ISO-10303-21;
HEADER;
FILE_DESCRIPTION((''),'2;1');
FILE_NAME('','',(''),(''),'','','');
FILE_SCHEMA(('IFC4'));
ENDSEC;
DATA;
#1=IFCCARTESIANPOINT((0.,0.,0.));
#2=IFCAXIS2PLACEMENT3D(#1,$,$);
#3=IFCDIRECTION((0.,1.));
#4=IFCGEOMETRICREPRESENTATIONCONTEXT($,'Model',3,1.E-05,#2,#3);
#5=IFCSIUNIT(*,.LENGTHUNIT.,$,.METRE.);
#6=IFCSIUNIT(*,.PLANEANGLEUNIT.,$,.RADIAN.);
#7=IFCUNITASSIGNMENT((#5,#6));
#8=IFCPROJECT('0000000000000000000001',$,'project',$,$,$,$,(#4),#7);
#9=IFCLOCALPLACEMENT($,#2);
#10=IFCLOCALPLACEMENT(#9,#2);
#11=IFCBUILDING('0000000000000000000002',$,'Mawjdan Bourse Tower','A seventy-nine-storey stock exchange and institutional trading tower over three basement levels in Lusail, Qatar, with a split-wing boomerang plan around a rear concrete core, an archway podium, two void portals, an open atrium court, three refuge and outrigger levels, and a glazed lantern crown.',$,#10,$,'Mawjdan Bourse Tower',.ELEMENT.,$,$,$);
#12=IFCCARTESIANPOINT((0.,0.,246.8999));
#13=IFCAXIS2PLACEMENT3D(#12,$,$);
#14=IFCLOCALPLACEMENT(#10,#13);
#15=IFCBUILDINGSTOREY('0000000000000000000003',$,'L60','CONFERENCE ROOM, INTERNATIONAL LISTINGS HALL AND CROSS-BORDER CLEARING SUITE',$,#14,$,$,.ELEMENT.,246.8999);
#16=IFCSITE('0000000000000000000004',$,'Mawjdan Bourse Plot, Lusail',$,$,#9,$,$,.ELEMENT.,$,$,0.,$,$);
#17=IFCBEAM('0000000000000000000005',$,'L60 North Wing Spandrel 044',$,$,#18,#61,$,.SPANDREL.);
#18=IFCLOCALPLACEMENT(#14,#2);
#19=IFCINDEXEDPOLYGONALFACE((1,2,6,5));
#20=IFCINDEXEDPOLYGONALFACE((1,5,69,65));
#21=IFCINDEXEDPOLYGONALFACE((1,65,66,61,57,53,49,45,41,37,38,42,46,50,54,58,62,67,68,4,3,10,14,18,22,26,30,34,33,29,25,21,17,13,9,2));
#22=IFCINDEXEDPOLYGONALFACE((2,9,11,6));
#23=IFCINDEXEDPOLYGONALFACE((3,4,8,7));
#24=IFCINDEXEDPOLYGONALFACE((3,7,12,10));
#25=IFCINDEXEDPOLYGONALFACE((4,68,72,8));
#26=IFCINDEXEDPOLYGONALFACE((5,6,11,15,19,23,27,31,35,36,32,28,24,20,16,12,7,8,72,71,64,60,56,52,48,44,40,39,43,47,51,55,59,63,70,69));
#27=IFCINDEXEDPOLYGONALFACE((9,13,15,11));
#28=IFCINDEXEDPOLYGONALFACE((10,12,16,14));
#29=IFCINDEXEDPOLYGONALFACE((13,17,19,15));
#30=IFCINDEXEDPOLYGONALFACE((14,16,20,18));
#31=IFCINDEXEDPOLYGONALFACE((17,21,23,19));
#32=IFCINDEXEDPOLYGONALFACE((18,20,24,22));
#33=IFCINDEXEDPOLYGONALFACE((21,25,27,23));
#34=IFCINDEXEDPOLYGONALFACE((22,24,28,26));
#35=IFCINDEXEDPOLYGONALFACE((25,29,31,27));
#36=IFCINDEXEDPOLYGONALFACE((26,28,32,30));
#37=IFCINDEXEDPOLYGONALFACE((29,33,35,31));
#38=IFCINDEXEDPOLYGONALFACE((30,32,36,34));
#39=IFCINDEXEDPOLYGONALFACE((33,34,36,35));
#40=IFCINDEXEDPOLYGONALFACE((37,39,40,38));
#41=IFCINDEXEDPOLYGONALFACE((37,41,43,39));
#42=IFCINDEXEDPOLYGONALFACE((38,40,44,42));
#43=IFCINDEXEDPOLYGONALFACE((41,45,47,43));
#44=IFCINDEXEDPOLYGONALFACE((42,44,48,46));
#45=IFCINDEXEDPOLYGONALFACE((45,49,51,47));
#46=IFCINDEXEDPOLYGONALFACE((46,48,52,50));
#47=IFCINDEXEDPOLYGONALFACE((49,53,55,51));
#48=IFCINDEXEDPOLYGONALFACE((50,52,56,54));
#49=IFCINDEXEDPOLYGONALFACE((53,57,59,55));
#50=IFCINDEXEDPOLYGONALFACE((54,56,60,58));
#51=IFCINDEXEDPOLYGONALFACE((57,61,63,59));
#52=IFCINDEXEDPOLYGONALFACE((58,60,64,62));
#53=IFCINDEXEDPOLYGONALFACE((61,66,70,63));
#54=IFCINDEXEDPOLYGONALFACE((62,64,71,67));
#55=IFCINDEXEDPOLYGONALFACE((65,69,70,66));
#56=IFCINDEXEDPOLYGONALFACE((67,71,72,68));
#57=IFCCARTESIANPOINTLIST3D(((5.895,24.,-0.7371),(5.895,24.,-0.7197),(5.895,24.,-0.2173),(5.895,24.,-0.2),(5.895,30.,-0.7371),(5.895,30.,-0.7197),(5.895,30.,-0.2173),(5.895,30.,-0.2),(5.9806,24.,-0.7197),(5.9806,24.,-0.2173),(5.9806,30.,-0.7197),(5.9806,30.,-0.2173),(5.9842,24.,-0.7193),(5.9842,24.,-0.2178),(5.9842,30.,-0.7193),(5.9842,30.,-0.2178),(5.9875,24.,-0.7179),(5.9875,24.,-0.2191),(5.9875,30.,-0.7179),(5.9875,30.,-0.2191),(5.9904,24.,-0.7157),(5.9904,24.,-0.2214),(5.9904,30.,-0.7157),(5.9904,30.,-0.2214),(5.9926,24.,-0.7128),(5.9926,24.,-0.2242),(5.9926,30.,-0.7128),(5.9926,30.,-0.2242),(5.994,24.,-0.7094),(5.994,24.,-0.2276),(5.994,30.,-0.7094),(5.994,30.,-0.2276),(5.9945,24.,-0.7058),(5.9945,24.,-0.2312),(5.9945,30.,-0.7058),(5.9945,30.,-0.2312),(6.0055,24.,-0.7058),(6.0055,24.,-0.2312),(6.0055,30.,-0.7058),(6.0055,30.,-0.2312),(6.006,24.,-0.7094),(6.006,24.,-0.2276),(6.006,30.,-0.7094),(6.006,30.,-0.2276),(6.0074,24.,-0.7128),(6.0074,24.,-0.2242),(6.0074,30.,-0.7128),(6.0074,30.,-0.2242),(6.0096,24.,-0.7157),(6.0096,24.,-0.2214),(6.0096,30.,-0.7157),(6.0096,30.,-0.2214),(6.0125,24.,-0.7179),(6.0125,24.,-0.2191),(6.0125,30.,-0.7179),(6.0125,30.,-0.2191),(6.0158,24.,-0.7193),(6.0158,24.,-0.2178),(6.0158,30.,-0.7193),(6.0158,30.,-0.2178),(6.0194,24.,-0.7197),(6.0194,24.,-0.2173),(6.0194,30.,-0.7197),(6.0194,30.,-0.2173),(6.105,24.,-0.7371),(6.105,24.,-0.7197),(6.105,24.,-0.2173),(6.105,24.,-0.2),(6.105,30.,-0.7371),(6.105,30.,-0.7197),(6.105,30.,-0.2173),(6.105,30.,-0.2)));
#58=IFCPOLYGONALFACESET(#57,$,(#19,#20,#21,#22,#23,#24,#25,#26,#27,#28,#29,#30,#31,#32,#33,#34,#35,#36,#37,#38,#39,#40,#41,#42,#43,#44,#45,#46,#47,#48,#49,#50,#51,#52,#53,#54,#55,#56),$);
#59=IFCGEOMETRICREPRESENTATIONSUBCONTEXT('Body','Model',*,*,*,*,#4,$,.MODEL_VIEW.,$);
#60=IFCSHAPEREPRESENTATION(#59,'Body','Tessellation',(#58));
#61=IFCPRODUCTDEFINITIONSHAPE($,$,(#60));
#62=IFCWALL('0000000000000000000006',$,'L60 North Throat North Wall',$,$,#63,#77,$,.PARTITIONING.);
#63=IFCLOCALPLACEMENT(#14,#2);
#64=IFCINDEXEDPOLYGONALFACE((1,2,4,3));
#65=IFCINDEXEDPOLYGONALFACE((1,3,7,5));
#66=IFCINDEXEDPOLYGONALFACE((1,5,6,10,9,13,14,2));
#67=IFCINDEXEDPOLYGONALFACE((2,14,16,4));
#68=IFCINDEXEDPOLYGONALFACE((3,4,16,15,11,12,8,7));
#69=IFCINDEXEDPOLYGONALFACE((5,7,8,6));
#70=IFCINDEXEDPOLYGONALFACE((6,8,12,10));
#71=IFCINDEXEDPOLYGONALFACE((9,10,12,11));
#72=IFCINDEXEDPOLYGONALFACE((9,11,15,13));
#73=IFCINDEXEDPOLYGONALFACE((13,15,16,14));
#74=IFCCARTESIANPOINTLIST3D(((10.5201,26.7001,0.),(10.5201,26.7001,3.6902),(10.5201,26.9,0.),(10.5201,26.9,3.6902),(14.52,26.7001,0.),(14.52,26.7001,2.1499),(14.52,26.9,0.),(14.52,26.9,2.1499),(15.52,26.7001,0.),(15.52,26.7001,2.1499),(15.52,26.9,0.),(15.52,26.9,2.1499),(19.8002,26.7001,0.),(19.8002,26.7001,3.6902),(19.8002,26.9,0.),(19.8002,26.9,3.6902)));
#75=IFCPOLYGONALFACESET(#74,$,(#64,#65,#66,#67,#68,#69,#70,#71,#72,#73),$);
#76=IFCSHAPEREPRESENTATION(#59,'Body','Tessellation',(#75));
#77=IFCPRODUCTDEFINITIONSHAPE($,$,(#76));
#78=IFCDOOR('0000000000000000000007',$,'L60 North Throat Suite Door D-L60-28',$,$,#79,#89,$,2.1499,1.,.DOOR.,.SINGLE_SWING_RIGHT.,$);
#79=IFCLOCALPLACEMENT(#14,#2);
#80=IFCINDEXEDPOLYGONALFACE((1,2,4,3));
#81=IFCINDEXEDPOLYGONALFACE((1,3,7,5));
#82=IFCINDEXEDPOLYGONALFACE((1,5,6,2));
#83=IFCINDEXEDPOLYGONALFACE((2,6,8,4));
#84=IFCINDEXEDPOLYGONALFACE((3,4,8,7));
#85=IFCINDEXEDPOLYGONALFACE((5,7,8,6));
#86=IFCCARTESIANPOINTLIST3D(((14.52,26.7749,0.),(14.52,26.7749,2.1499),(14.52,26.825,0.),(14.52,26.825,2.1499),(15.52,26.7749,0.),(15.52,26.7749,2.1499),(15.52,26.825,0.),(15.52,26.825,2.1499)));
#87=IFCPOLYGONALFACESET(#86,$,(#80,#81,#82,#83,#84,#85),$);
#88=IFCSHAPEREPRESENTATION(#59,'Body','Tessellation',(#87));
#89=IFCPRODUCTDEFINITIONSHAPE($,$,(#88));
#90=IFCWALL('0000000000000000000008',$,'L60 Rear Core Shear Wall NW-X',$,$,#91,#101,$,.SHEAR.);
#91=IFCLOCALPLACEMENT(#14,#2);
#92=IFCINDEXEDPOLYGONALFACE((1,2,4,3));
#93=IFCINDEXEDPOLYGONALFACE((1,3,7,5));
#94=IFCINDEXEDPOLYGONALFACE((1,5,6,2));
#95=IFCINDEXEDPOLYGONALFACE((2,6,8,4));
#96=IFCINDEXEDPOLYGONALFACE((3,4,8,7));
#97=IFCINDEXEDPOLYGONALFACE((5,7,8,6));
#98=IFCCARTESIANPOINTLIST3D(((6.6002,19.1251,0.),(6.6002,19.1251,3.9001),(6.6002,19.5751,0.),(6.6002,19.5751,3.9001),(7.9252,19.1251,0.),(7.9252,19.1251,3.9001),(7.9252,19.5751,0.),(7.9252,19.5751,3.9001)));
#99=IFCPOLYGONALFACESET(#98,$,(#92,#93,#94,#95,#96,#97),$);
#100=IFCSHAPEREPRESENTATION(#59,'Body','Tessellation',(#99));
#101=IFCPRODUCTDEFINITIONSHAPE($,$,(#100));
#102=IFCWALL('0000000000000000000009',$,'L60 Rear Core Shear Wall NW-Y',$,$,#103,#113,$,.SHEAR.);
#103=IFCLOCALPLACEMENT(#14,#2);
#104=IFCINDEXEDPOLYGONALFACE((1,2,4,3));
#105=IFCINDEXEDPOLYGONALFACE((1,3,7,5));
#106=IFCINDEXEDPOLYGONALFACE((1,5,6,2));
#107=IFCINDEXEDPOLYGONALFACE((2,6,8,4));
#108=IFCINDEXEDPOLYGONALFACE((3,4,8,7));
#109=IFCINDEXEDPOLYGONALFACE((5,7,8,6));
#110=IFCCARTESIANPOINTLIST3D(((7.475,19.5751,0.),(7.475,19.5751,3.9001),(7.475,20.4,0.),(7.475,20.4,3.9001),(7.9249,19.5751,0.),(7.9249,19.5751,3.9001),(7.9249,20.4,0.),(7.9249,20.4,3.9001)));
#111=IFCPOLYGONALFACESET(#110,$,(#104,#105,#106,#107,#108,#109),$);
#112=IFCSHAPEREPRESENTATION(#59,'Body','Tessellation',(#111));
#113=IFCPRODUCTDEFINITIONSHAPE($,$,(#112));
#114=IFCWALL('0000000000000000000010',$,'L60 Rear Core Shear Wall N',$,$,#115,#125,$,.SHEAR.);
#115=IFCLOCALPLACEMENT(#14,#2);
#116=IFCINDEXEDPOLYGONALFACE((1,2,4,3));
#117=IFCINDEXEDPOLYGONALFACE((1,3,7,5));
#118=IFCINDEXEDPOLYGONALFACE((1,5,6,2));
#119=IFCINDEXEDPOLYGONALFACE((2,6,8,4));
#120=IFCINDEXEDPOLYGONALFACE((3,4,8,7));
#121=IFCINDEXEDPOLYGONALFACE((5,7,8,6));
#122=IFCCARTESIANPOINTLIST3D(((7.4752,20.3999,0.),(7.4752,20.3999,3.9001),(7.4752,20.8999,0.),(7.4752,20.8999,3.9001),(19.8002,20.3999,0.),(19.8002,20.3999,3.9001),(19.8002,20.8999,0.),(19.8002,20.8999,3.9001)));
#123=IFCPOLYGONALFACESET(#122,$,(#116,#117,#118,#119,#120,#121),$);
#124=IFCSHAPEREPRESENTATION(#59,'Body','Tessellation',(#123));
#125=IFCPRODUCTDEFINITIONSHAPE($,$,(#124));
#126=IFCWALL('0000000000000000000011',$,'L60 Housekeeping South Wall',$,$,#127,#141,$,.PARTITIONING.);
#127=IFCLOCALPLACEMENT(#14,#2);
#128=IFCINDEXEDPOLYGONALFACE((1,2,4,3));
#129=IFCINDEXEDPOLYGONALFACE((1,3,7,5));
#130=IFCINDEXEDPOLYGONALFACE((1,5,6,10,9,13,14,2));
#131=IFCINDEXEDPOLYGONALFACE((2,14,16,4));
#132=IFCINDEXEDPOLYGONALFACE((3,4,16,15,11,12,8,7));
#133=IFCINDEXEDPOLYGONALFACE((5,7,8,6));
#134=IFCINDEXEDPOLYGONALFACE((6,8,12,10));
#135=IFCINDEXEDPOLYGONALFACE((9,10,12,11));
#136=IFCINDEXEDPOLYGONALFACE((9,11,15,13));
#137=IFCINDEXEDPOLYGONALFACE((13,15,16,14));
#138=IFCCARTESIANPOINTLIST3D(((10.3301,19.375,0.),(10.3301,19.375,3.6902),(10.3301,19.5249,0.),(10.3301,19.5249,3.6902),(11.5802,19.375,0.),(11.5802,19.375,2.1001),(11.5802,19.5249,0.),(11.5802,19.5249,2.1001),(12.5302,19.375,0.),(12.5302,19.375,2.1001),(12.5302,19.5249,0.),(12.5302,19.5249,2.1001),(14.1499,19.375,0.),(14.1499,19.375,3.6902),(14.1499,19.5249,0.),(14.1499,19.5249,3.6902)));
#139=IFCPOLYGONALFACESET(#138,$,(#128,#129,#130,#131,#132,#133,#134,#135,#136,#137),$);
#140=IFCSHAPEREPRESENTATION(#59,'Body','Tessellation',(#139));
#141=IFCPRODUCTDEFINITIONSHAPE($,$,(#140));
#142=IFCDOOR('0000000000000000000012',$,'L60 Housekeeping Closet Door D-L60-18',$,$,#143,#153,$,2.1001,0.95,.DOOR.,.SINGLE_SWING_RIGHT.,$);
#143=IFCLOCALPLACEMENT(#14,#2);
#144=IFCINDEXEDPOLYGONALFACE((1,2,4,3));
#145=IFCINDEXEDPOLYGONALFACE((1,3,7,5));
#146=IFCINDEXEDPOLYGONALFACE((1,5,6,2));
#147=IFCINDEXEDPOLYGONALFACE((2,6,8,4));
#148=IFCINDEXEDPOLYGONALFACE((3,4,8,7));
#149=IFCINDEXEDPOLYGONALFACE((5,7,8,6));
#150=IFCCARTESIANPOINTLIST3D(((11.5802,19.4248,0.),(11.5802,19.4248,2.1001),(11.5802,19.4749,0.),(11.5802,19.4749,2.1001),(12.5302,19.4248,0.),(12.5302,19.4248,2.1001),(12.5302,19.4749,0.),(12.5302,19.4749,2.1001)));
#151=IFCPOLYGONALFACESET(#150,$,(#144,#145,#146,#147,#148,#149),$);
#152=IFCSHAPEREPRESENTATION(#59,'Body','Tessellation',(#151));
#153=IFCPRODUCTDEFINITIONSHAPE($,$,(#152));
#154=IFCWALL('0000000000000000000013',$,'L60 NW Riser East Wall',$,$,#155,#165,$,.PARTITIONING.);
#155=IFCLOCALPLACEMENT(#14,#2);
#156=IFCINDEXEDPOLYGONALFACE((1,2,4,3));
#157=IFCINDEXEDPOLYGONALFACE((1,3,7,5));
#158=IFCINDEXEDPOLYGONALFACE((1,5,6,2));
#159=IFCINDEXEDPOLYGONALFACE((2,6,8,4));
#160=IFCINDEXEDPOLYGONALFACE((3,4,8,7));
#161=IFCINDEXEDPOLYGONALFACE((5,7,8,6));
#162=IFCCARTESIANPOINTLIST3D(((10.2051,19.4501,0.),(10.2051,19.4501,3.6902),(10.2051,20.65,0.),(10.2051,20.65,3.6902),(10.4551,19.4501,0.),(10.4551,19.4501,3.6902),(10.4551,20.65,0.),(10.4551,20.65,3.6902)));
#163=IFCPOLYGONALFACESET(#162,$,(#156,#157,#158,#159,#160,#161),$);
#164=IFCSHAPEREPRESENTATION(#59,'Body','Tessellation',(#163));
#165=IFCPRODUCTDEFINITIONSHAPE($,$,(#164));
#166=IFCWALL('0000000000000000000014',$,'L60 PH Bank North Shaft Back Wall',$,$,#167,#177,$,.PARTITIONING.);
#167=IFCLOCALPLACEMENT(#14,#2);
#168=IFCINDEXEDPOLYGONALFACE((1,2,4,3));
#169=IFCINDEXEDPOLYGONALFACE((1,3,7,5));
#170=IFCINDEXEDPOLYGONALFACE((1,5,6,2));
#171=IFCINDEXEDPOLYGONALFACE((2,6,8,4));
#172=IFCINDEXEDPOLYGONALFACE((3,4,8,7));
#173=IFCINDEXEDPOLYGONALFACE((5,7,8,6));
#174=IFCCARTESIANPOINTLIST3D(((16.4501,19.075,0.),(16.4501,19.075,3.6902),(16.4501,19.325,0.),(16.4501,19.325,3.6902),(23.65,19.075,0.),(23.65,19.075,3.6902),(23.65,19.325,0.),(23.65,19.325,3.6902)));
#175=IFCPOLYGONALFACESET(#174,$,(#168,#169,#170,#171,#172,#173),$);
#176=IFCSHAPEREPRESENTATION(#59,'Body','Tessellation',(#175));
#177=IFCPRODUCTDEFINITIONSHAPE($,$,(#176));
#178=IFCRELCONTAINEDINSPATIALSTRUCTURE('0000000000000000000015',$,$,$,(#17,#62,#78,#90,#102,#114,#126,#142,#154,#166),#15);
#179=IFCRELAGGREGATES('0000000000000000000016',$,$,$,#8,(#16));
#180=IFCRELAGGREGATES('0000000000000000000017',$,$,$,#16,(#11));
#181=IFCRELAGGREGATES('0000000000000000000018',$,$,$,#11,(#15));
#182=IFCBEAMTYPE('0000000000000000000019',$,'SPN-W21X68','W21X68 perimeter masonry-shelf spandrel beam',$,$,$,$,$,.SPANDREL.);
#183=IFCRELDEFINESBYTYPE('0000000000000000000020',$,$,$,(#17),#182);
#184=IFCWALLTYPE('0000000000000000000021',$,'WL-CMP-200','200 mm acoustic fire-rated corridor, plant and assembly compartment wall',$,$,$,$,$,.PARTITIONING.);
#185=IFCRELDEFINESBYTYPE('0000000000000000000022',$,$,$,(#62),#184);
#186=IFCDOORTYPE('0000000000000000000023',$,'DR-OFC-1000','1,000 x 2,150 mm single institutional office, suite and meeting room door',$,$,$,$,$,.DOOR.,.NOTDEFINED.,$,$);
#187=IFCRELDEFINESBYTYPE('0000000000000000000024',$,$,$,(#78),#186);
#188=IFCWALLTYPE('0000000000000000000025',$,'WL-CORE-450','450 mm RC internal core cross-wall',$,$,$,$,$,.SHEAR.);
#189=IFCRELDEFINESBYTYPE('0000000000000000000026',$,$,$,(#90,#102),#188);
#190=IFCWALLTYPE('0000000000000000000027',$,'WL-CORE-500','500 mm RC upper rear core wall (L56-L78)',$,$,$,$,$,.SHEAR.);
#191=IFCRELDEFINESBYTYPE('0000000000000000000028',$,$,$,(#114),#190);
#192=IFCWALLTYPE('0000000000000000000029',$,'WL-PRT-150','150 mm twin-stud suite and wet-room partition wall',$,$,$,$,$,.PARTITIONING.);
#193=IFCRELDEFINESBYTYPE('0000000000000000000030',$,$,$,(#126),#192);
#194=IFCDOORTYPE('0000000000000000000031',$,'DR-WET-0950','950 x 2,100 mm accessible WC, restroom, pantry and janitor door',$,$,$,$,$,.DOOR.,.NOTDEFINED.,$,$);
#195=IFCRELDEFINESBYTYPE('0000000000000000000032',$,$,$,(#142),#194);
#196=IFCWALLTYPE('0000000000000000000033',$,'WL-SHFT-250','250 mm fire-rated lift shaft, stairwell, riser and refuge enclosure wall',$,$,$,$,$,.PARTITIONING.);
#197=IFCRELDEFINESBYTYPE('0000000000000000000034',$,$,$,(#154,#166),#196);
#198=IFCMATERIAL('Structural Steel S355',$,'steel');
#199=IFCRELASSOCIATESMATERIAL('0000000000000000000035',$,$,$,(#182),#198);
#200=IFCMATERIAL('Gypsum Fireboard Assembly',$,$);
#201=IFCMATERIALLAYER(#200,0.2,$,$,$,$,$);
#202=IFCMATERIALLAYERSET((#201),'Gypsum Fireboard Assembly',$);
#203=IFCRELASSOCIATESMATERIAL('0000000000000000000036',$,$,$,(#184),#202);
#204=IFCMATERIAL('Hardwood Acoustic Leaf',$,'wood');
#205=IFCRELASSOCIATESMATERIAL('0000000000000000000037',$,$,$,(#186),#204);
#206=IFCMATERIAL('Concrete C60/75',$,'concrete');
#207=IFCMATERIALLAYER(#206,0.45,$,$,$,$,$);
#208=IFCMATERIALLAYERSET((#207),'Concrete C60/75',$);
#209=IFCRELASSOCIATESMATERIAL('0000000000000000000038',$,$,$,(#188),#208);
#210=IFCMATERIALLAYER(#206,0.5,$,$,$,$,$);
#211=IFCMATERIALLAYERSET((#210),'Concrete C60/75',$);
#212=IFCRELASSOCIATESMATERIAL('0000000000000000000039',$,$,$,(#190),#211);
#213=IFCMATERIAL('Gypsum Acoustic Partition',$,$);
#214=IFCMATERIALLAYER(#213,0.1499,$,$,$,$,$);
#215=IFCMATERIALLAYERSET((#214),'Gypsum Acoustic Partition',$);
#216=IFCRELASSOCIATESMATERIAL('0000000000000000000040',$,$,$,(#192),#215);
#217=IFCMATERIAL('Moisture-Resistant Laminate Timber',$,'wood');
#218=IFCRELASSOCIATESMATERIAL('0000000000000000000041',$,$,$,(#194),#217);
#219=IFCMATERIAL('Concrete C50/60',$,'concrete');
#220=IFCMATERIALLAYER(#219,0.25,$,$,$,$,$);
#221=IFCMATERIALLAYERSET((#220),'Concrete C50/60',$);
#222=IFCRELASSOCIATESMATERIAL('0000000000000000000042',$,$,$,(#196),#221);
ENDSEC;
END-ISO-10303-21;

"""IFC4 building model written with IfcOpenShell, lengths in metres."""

from ifc_helpers import new_model, si_unit, direction, frame, frame_2d, origin, origin_2d, place, context, subcontext, project, spatial, rectangle, i_section, extrude, material, layer, layer_set, material_profile, profile_set, type_object, element, fill, save


model = new_model("IFC4")

# Units and contexts
model_context = context("Model", 3, precision=1e-05, world=origin(), true_north=direction((0.0, 1.0)))
body_context = subcontext(model_context, "Body", "Model", "MODEL_VIEW")
ifc_project = project(units=[si_unit("LENGTHUNIT", "METRE"), si_unit("PLANEANGLEUNIT", "RADIAN")], contexts=[model_context])

# Site, building, storey
site_placement = place(None, origin())
site = spatial("IfcSite", under=ifc_project, at=site_placement, Name="Mawjdan Bourse Plot, Lusail", CompositionType="ELEMENT", RefElevation=0.0)
building_placement = place(site_placement, origin())
building = spatial("IfcBuilding", under=site, at=building_placement, Name="Mawjdan Bourse Tower", Description="A seventy-nine-storey stock exchange and institutional trading tower over three basement levels in Lusail, Qatar, with a split-wing boomerang plan around a rear concrete core, an archway podium, two void portals, an open atrium court, three refuge and outrigger levels, and a glazed lantern crown.", LongName="Mawjdan Bourse Tower", CompositionType="ELEMENT")
storey_placement = place(building_placement, frame((0.0, 0.0, 246.8999)))
storey = spatial("IfcBuildingStorey", under=building, at=storey_placement, Name="L60", Description="CONFERENCE ROOM, INTERNATIONAL LISTINGS HALL AND CROSS-BORDER CLEARING SUITE", CompositionType="ELEMENT", Elevation=246.8999)

# Shared definitions
ifc_material_1 = material(Name="Concrete C60/75", Category="concrete")

# Beam
ifc_material_2 = material(Name="Structural Steel S355", Category="steel")
ifc_material_profile_1 = material_profile(ifc_material_2, i_section(OverallWidth=0.21, OverallDepth=0.5371, WebThickness=0.011, FlangeThickness=0.0173, FilletRadius=0.0139, at=origin_2d()), Name="W21X68")
ifc_profile_set_1 = profile_set([ifc_material_profile_1], Name="Structural Steel S355")
beam_type_1 = type_object("IfcBeamType", Name="SPN-W21X68", Description="W21X68 perimeter masonry-shelf spandrel beam", PredefinedType="SPANDREL", material=ifc_profile_set_1)
beam_1_placement = place(storey_placement, frame((6.0, 24.0, -0.4685), z_axis=(0.0, 1.0, 0.0), x_axis=(-1.0, 0.0, 0.0)))
element("IfcBeam", 1, at=beam_1_placement, inside=storey, type_object=beam_type_1, Name="L60 North Wing Spandrel 044", PredefinedType="SPANDREL", context=body_context, shape_type="SweptSolid", body=[
    extrude(i_section(OverallWidth=0.21, OverallDepth=0.5371, WebThickness=0.011, FlangeThickness=0.0173, FilletRadius=0.0139, at=origin_2d()), origin(), (0.0, 0.0, 1.0), 6.0),
])

# Wall, opening, door
ifc_material_3 = material(Name="Gypsum Fireboard Assembly")
ifc_layer_1 = layer(ifc_material_3, 0.2)
ifc_layer_set_1 = layer_set([ifc_layer_1], Name="Gypsum Fireboard Assembly")
wall_type_1 = type_object("IfcWallType", Name="WL-CMP-200", Description="200 mm acoustic fire-rated corridor, plant and assembly compartment wall", PredefinedType="PARTITIONING", material=ifc_layer_set_1)
wall_1_placement = place(storey_placement, frame((10.52, 26.8, 0.0), z_axis=(0.0, 0.0, 1.0), x_axis=(1.0, 0.0, 0.0)))
wall_1 = element("IfcWall", 2, at=wall_1_placement, inside=storey, type_object=wall_type_1, Name="L60 North Throat North Wall", PredefinedType="PARTITIONING", context=body_context, shape_type="SweptSolid", body=[
    extrude(rectangle(XDim=9.28, YDim=0.2, at=frame_2d((4.6401, 0.0))), origin(), (0.0, 0.0, 1.0), 3.6902),
])
opening_1_placement = place(wall_1_placement, frame((4.0, 0.0, 0.0)))
opening_1 = element("IfcOpeningElement", 3, at=opening_1_placement, cuts=wall_1, PredefinedType="OPENING", context=body_context, shape_type="SweptSolid", body=[
    extrude(rectangle(XDim=1.0, YDim=2.1499, at=frame_2d((0.5, 1.075))), frame((0.0, 0.1099, 0.0), z_axis=(0.0, -1.0, 0.0), x_axis=(1.0, 0.0, 0.0)), (0.0, 0.0, 1.0), 0.22),
])
ifc_material_4 = material(Name="Hardwood Acoustic Leaf", Category="wood")
door_type_1 = type_object("IfcDoorType", Name="DR-OFC-1000", Description="1,000 x 2,150 mm single institutional office, suite and meeting room door", OperationType="NOTDEFINED", PredefinedType="DOOR", material=ifc_material_4)
door_1_placement = place(opening_1_placement, origin())
door_1 = element("IfcDoor", 4, at=door_1_placement, inside=storey, type_object=door_type_1, Name="L60 North Throat Suite Door D-L60-28", OperationType="SINGLE_SWING_RIGHT", OverallHeight=2.1499, OverallWidth=1.0, PredefinedType="DOOR", context=body_context, shape_type="SweptSolid", body=[
    extrude(rectangle(XDim=1.0, YDim=2.1499, at=frame_2d((0.5, 1.075))), frame((0.0, 0.0249, 0.0), z_axis=(0.0, -1.0, 0.0), x_axis=(1.0, 0.0, 0.0)), (0.0, 0.0, 1.0), 0.05),
])
fill(opening_1, door_1)

# Walls
ifc_layer_2 = layer(ifc_material_1, 0.45)
ifc_layer_set_2 = layer_set([ifc_layer_2], Name="Concrete C60/75")
wall_type_2 = type_object("IfcWallType", Name="WL-CORE-450", Description="450 mm RC internal core cross-wall", PredefinedType="SHEAR", material=ifc_layer_set_2)
wall_2_placement = place(storey_placement, frame((6.6001, 19.3501, 0.0), z_axis=(0.0, 0.0, 1.0), x_axis=(1.0, 0.0, 0.0)))
element("IfcWall", 5, at=wall_2_placement, inside=storey, type_object=wall_type_2, Name="L60 Rear Core Shear Wall NW-X", PredefinedType="SHEAR", context=body_context, shape_type="SweptSolid", body=[
    extrude(rectangle(XDim=1.325, YDim=0.45, at=frame_2d((0.6626, 0.0))), origin(), (0.0, 0.0, 1.0), 3.9001),
])
wall_3_placement = place(storey_placement, frame((7.7, 19.575, 0.0), z_axis=(0.0, 0.0, 1.0), x_axis=(0.0, 1.0, 0.0)))
element("IfcWall", 6, at=wall_3_placement, inside=storey, type_object=wall_type_2, Name="L60 Rear Core Shear Wall NW-Y", PredefinedType="SHEAR", context=body_context, shape_type="SweptSolid", body=[
    extrude(rectangle(XDim=0.825, YDim=0.45, at=frame_2d((0.4126, 0.0))), origin(), (0.0, 0.0, 1.0), 3.9001),
])
ifc_layer_3 = layer(ifc_material_1, 0.5)
ifc_layer_set_3 = layer_set([ifc_layer_3], Name="Concrete C60/75")
wall_type_3 = type_object("IfcWallType", Name="WL-CORE-500", Description="500 mm RC upper rear core wall (L56-L78)", PredefinedType="SHEAR", material=ifc_layer_set_3)
wall_4_placement = place(storey_placement, frame((7.4751, 20.6499, 0.0), z_axis=(0.0, 0.0, 1.0), x_axis=(1.0, 0.0, 0.0)))
element("IfcWall", 7, at=wall_4_placement, inside=storey, type_object=wall_type_3, Name="L60 Rear Core Shear Wall N", PredefinedType="SHEAR", context=body_context, shape_type="SweptSolid", body=[
    extrude(rectangle(XDim=12.325, YDim=0.5, at=frame_2d((6.1626, 0.0))), origin(), (0.0, 0.0, 1.0), 3.9001),
])

# Wall, opening, door
ifc_material_5 = material(Name="Gypsum Acoustic Partition")
ifc_layer_4 = layer(ifc_material_5, 0.1499)
ifc_layer_set_4 = layer_set([ifc_layer_4], Name="Gypsum Acoustic Partition")
wall_type_4 = type_object("IfcWallType", Name="WL-PRT-150", Description="150 mm twin-stud suite and wet-room partition wall", PredefinedType="PARTITIONING", material=ifc_layer_set_4)
wall_5_placement = place(storey_placement, frame((10.3301, 19.45, 0.0), z_axis=(0.0, 0.0, 1.0), x_axis=(1.0, 0.0, 0.0)))
wall_5 = element("IfcWall", 8, at=wall_5_placement, inside=storey, type_object=wall_type_4, Name="L60 Housekeeping South Wall", PredefinedType="PARTITIONING", context=body_context, shape_type="SweptSolid", body=[
    extrude(rectangle(XDim=3.8198, YDim=0.1499, at=frame_2d((1.9099, 0.0))), origin(), (0.0, 0.0, 1.0), 3.6902),
])
opening_2_placement = place(wall_5_placement, frame((1.25, 0.0, 0.0)))
opening_2 = element("IfcOpeningElement", 9, at=opening_2_placement, cuts=wall_5, PredefinedType="OPENING", context=body_context, shape_type="SweptSolid", body=[
    extrude(rectangle(XDim=0.95, YDim=2.1001, at=frame_2d((0.4751, 1.05))), frame((0.0, 0.085, 0.0), z_axis=(0.0, -1.0, 0.0), x_axis=(1.0, 0.0, 0.0)), (0.0, 0.0, 1.0), 0.1699),
])
ifc_material_6 = material(Name="Moisture-Resistant Laminate Timber", Category="wood")
door_type_2 = type_object("IfcDoorType", Name="DR-WET-0950", Description="950 x 2,100 mm accessible WC, restroom, pantry and janitor door", OperationType="NOTDEFINED", PredefinedType="DOOR", material=ifc_material_6)
door_2_placement = place(opening_2_placement, origin())
door_2 = element("IfcDoor", 10, at=door_2_placement, inside=storey, type_object=door_type_2, Name="L60 Housekeeping Closet Door D-L60-18", OperationType="SINGLE_SWING_RIGHT", OverallHeight=2.1001, OverallWidth=0.95, PredefinedType="DOOR", context=body_context, shape_type="SweptSolid", body=[
    extrude(rectangle(XDim=0.95, YDim=2.1001, at=frame_2d((0.4751, 1.05))), frame((0.0, 0.0249, 0.0), z_axis=(0.0, -1.0, 0.0), x_axis=(1.0, 0.0, 0.0)), (0.0, 0.0, 1.0), 0.05),
])
fill(opening_2, door_2)

# Walls
ifc_material_7 = material(Name="Concrete C50/60", Category="concrete")
ifc_layer_5 = layer(ifc_material_7, 0.25)
ifc_layer_set_5 = layer_set([ifc_layer_5], Name="Concrete C50/60")
wall_type_5 = type_object("IfcWallType", Name="WL-SHFT-250", Description="250 mm fire-rated lift shaft, stairwell, riser and refuge enclosure wall", PredefinedType="PARTITIONING", material=ifc_layer_set_5)
wall_6_placement = place(storey_placement, frame((10.3301, 19.45, 0.0), z_axis=(0.0, 0.0, 1.0), x_axis=(0.0, 1.0, 0.0)))
element("IfcWall", 11, at=wall_6_placement, inside=storey, type_object=wall_type_5, Name="L60 NW Riser East Wall", PredefinedType="PARTITIONING", context=body_context, shape_type="SweptSolid", body=[
    extrude(rectangle(XDim=1.2, YDim=0.25, at=frame_2d((0.6001, 0.0))), origin(), (0.0, 0.0, 1.0), 3.6902),
])
wall_7_placement = place(storey_placement, frame((16.45, 19.2, 0.0), z_axis=(0.0, 0.0, 1.0), x_axis=(1.0, 0.0, 0.0)))
element("IfcWall", 12, at=wall_7_placement, inside=storey, type_object=wall_type_5, Name="L60 PH Bank North Shaft Back Wall", PredefinedType="PARTITIONING", context=body_context, shape_type="SweptSolid", body=[
    extrude(rectangle(XDim=7.2, YDim=0.25, at=frame_2d((3.6001, 0.0))), origin(), (0.0, 0.0, 1.0), 3.6902),
])

save(model, "model.ifc")
